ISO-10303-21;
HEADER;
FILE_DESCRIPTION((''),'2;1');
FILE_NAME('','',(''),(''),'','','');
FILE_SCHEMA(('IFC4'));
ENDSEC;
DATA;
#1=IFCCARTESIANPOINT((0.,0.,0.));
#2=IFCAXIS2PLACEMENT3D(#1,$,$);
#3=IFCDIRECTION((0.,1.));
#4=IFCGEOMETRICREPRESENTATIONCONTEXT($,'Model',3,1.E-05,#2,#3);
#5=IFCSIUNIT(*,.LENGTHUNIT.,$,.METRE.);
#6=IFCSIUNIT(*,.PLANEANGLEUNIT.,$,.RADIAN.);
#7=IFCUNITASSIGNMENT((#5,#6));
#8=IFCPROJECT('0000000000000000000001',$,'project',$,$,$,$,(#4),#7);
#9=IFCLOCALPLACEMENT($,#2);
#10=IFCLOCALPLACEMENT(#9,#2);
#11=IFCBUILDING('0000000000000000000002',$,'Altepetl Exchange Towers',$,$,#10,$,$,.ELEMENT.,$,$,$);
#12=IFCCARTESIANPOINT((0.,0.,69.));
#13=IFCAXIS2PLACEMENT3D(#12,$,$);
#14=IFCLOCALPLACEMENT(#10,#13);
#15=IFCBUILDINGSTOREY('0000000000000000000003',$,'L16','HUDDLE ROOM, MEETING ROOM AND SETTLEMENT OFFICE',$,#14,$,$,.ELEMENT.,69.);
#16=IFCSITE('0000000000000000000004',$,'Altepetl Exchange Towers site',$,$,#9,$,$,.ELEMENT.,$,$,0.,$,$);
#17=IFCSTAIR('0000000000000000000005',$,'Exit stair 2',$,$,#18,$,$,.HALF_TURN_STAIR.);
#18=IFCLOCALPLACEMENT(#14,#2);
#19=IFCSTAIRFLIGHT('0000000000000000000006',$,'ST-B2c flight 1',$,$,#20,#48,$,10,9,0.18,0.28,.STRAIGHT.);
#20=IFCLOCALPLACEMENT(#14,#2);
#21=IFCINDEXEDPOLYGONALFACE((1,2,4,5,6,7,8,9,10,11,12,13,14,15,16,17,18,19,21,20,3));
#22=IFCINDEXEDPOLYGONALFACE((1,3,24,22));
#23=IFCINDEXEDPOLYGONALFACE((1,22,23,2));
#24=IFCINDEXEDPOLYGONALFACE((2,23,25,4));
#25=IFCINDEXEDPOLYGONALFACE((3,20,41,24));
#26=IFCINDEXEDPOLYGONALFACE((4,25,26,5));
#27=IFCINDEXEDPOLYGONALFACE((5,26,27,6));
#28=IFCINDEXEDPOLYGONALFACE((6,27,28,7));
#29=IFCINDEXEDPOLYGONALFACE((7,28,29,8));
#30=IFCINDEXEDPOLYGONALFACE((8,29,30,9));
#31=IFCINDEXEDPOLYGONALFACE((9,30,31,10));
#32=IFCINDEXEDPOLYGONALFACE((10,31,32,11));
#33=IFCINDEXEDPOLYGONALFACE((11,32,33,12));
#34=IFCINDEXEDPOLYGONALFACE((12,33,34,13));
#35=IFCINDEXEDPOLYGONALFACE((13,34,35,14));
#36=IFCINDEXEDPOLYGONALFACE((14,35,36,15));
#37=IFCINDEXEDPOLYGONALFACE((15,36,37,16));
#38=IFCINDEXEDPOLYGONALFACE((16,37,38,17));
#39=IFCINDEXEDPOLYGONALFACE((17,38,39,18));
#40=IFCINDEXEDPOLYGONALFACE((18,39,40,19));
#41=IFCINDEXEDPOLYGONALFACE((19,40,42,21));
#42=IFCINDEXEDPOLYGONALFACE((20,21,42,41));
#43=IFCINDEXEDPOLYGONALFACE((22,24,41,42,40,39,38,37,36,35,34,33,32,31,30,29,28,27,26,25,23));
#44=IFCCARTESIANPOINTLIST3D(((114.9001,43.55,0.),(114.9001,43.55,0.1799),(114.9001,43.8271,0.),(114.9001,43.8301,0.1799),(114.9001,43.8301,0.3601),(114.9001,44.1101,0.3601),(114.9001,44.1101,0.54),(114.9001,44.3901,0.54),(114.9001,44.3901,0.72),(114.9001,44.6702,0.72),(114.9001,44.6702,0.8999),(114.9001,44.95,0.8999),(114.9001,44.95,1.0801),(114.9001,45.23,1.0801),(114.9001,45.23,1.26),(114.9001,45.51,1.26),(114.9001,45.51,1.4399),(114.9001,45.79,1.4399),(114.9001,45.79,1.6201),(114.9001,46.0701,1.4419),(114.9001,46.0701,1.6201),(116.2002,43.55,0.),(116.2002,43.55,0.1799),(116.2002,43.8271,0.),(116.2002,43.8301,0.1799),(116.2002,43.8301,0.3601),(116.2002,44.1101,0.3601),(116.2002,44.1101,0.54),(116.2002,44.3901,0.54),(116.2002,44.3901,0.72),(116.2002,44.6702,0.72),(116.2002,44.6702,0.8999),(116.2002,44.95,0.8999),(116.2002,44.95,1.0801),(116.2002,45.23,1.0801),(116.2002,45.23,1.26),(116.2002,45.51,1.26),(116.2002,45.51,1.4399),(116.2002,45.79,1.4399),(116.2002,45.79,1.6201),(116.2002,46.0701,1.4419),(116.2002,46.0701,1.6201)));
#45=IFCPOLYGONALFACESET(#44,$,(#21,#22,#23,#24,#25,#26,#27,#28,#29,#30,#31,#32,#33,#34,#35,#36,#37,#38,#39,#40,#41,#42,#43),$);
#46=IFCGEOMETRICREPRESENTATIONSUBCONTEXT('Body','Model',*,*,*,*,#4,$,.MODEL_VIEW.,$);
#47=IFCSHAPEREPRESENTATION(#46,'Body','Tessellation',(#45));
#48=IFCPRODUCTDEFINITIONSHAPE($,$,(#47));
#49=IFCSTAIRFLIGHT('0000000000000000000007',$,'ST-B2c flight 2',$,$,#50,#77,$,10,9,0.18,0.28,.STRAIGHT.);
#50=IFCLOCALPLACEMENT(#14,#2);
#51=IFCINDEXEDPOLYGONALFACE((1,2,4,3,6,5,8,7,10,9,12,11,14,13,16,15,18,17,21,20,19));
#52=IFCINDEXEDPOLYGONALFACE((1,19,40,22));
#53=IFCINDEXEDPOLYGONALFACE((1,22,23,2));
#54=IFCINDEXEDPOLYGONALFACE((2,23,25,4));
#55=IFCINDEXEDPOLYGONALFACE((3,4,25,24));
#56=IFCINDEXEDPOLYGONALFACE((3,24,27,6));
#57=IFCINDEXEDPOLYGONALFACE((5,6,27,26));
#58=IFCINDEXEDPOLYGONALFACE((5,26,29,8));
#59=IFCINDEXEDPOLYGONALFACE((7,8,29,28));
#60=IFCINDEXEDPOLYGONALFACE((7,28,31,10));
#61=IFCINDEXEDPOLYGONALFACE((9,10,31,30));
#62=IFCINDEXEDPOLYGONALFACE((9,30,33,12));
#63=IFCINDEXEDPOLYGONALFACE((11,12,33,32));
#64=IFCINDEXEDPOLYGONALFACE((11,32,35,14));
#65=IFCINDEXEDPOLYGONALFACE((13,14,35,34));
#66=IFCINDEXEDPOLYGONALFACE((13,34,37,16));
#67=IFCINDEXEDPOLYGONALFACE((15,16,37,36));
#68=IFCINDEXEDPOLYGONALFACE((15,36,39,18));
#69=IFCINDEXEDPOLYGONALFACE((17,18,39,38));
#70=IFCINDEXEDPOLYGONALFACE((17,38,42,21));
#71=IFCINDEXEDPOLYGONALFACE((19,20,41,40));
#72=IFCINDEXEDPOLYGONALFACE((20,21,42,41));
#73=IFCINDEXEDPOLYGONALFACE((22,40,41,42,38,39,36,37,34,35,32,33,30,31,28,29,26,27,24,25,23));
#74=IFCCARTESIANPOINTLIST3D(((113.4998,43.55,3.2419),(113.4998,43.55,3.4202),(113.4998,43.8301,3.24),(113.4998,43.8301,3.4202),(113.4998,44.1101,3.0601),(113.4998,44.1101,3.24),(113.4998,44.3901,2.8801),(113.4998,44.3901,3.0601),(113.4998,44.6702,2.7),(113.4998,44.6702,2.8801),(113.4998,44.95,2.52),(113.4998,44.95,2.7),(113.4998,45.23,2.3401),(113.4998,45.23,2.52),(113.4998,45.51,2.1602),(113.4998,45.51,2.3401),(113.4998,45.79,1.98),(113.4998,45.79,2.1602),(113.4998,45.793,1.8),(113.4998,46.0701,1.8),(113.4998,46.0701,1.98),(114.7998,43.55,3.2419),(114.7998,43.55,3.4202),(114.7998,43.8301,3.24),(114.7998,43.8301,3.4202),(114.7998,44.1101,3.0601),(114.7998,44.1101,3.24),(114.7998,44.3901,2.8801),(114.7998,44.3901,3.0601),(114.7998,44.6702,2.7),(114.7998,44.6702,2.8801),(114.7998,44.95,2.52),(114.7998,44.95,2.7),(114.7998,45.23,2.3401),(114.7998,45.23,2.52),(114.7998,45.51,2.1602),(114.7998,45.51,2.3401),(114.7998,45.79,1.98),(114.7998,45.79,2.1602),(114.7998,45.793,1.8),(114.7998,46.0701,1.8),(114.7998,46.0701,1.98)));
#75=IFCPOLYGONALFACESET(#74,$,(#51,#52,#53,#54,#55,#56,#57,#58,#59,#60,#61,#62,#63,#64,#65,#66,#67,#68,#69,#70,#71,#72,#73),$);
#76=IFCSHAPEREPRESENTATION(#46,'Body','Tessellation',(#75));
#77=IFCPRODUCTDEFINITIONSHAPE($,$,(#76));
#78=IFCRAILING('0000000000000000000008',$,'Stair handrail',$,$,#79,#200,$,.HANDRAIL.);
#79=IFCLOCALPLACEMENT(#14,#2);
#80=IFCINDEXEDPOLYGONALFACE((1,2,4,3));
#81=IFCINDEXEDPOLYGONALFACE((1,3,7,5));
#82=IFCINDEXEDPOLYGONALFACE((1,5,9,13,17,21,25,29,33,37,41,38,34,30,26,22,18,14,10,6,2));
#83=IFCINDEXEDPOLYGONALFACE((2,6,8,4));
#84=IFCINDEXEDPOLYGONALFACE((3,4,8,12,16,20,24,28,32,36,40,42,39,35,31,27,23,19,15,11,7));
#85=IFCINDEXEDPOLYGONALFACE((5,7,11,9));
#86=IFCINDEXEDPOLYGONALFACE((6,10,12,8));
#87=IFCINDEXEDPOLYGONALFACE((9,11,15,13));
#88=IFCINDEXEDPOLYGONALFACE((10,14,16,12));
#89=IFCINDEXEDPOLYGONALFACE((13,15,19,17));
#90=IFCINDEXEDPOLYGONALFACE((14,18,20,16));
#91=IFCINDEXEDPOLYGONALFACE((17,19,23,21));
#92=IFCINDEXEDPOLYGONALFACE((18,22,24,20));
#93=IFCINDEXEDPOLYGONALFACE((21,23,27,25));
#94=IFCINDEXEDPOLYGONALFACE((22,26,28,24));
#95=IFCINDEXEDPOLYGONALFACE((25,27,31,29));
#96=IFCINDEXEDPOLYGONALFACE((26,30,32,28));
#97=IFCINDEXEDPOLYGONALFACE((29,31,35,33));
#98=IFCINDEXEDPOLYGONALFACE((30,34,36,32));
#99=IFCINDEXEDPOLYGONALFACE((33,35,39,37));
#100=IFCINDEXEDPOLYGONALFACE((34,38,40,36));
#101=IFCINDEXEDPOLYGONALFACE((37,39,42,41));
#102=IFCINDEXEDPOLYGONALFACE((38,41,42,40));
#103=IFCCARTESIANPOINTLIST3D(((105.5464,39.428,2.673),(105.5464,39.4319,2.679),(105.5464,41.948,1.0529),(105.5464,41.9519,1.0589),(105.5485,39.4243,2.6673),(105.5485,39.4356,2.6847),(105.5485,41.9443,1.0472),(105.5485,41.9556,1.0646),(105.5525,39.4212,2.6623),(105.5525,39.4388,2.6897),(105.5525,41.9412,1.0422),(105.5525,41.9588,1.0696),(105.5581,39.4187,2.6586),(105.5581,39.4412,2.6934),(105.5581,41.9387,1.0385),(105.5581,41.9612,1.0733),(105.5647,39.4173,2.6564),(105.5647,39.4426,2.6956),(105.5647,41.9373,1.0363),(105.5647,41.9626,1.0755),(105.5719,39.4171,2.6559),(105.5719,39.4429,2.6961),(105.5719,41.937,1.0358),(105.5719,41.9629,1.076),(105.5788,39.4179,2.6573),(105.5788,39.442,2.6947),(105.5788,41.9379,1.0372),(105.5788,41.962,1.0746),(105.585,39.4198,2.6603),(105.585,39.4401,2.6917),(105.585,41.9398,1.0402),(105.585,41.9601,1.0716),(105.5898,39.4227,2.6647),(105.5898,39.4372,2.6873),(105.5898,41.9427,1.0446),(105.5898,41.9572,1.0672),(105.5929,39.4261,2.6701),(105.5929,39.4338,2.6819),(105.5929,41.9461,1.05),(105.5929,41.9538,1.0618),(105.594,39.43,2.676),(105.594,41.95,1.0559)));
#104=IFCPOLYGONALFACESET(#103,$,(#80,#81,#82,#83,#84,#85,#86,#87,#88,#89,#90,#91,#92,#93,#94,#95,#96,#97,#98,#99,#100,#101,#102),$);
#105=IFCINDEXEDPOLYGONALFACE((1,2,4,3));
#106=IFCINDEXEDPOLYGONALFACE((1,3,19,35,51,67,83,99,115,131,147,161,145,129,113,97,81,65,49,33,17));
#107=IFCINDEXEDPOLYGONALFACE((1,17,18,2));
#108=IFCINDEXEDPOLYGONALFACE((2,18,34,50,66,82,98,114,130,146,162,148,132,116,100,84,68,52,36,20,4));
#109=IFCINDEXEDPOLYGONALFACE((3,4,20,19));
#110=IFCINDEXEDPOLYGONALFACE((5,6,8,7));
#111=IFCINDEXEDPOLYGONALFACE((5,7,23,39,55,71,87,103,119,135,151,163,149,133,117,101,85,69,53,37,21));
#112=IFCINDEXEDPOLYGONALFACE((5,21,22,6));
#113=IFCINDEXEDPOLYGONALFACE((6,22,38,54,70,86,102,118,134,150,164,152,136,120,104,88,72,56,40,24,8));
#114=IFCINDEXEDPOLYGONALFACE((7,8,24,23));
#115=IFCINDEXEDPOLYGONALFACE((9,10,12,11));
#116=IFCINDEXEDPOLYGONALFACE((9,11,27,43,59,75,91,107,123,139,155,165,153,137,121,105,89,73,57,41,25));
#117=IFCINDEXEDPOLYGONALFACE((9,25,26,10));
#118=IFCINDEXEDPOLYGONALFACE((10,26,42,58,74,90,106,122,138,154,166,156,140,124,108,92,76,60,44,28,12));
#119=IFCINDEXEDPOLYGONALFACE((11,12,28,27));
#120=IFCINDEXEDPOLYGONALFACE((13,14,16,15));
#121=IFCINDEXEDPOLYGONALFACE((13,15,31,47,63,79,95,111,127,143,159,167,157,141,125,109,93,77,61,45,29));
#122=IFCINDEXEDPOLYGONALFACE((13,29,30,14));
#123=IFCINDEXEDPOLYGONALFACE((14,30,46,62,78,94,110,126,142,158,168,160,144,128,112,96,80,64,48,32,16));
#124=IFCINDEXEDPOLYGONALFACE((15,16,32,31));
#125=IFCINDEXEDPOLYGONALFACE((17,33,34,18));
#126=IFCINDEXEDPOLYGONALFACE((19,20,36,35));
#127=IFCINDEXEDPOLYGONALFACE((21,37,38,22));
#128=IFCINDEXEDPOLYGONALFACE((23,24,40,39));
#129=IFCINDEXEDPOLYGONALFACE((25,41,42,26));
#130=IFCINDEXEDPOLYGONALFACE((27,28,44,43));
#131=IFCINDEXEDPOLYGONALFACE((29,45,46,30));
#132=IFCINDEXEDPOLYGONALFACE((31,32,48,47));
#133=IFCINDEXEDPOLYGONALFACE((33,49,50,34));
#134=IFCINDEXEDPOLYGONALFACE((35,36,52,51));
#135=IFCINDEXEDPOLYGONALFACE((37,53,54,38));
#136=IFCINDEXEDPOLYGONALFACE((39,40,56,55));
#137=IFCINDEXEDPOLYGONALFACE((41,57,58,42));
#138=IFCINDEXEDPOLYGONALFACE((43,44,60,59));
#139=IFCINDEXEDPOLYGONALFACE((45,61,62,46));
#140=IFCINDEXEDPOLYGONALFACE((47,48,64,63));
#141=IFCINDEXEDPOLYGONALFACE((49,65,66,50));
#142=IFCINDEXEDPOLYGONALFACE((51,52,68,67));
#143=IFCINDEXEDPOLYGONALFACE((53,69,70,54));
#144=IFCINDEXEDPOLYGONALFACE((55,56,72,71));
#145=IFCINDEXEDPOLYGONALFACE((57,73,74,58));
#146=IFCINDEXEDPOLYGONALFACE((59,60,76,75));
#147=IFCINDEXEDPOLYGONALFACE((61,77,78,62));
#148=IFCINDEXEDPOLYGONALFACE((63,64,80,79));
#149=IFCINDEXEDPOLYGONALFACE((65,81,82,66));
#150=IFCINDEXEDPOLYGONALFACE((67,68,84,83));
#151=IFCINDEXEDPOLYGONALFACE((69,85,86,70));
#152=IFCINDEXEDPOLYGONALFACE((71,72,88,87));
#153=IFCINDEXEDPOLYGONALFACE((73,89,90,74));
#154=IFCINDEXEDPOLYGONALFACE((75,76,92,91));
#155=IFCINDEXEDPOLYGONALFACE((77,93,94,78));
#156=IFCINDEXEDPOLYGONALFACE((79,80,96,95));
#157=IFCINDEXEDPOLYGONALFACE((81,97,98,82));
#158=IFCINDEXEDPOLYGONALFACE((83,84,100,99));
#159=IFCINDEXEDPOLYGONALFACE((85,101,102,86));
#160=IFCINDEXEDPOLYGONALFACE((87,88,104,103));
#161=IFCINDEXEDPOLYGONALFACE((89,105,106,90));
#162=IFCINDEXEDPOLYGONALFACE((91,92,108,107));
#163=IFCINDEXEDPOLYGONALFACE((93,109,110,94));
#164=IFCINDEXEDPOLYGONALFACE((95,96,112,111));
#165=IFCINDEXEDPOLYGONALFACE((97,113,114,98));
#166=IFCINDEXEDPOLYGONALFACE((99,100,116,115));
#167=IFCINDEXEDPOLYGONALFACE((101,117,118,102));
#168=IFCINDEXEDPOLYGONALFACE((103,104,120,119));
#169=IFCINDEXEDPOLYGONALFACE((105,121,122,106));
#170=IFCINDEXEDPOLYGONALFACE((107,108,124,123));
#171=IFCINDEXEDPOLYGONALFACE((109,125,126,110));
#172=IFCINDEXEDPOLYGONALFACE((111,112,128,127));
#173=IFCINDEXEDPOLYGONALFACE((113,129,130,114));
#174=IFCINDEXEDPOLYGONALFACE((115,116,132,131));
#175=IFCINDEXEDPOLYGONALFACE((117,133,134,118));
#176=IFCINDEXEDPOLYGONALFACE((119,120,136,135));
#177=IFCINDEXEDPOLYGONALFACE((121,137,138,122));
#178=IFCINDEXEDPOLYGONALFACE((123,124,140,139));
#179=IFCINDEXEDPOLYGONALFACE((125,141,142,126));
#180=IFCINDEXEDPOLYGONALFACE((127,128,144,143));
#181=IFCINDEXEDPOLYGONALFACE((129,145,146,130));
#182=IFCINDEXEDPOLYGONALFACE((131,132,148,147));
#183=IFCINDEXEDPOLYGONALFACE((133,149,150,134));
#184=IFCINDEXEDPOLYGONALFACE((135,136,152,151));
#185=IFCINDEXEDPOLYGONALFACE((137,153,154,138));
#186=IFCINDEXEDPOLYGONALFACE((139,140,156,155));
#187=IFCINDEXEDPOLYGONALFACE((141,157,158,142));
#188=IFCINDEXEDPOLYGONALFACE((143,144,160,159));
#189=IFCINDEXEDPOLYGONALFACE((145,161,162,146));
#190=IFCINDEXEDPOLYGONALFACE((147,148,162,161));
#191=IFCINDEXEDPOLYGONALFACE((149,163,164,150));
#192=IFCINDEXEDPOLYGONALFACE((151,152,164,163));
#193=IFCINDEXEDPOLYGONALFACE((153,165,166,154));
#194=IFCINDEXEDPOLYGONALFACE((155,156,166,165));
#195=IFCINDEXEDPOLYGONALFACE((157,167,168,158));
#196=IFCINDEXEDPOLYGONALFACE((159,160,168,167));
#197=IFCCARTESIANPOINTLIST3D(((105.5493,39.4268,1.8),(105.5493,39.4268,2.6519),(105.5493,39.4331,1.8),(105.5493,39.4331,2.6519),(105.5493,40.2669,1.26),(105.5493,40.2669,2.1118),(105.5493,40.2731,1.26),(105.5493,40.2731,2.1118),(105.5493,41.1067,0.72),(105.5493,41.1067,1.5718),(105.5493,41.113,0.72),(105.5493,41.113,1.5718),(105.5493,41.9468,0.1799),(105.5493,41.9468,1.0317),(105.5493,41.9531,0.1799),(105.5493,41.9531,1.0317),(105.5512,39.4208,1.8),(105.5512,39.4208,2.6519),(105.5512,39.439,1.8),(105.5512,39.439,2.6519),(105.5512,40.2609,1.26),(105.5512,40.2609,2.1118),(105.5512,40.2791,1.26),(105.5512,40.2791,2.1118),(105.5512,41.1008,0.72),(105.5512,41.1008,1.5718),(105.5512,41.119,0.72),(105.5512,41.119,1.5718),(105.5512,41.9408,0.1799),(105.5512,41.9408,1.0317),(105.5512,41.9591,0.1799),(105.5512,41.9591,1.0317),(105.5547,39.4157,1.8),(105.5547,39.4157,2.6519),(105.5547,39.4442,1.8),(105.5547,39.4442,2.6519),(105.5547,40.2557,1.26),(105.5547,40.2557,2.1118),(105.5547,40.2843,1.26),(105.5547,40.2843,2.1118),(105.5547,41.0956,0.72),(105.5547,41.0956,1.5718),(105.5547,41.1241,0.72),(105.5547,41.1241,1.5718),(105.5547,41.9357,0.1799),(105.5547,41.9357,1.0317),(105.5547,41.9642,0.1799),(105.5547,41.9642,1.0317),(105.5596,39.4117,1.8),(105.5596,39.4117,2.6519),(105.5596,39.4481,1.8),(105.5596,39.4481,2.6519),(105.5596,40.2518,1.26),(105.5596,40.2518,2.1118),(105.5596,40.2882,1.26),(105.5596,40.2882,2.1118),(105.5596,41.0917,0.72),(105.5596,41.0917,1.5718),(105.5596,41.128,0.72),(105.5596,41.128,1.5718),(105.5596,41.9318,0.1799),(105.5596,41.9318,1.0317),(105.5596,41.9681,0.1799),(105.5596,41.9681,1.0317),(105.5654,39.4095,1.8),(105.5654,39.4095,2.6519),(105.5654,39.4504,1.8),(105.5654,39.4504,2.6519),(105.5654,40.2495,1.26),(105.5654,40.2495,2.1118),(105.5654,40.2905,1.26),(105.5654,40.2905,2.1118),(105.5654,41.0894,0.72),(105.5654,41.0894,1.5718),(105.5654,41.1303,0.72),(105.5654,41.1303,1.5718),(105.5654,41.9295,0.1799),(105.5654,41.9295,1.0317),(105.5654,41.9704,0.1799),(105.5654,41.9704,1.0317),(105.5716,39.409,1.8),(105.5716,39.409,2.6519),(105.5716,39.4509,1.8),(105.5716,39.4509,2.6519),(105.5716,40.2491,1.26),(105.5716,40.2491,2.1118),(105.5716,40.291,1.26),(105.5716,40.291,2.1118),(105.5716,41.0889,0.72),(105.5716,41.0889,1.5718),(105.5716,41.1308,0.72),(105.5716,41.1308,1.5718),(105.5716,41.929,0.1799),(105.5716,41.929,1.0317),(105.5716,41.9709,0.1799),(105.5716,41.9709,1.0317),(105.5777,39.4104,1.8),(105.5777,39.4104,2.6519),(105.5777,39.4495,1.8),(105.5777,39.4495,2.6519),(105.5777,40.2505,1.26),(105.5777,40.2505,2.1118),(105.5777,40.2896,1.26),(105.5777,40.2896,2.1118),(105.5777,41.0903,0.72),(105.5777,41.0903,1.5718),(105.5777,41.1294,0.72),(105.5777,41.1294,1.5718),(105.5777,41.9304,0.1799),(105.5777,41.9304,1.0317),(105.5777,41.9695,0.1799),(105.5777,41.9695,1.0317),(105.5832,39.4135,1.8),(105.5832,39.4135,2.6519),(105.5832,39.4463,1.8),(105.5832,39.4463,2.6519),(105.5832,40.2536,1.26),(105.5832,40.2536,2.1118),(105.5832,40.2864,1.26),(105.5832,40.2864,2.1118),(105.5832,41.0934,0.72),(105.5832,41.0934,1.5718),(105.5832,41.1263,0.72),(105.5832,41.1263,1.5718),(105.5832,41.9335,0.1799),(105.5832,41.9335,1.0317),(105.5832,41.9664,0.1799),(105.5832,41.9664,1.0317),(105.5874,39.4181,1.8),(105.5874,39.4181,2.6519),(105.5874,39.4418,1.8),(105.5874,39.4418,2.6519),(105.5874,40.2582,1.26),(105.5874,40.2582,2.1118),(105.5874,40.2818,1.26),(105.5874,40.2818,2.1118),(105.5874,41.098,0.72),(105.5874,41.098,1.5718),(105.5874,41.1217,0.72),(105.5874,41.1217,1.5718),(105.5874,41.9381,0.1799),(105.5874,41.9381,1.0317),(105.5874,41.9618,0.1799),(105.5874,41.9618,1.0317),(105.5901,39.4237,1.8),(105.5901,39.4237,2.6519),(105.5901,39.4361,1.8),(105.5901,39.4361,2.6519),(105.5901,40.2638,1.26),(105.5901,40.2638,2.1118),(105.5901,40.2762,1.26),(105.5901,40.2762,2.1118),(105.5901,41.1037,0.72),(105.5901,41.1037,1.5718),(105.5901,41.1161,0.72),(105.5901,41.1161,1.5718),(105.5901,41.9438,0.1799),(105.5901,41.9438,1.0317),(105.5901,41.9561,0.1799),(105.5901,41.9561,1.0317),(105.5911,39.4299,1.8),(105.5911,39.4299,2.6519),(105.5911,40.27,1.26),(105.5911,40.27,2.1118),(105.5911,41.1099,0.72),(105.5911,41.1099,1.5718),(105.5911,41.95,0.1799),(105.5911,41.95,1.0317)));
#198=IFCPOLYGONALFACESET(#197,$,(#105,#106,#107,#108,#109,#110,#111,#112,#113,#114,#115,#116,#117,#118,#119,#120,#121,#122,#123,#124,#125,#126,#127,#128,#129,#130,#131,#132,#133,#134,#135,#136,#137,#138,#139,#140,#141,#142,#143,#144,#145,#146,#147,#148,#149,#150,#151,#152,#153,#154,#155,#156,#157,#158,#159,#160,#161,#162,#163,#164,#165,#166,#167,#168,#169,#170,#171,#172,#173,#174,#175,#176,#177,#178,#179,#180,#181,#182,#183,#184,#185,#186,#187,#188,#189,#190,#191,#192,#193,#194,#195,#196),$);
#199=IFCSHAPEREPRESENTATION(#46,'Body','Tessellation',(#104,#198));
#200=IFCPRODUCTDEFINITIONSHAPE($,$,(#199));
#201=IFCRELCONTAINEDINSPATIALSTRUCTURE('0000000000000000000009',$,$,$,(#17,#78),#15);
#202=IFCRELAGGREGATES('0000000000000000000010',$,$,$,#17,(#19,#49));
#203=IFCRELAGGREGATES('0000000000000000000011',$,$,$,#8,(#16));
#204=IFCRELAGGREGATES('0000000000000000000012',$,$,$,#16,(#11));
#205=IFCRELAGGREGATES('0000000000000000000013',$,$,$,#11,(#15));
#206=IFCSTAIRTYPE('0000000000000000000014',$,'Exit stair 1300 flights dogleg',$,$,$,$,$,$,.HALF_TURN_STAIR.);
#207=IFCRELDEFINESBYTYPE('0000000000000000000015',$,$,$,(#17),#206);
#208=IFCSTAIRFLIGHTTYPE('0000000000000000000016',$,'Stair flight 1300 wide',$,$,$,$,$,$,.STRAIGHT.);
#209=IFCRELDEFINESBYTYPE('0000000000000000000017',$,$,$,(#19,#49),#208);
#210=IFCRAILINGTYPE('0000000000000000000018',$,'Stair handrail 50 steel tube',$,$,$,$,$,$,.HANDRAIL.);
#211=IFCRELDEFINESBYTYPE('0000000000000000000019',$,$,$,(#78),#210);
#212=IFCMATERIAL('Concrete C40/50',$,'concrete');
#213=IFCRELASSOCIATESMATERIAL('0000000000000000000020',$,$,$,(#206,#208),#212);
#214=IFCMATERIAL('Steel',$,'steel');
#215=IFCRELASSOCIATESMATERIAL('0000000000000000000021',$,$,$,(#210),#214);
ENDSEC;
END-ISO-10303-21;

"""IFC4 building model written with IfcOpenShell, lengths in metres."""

from ifc_helpers import new_model, si_unit, direction, frame, origin, origin_2d, place, context, subcontext, project, spatial, polyline, circle, outline, extrude, source, transform, mapped, material, type_object, element, aggregate, save


model = new_model("IFC4")

# Units and contexts
model_context = context("Model", 3, precision=1e-05, world=origin(), true_north=direction((0.0, 1.0)))
body_context = subcontext(model_context, "Body", "Model", "MODEL_VIEW")
ifc_project = project(units=[si_unit("LENGTHUNIT", "METRE"), si_unit("PLANEANGLEUNIT", "RADIAN")], contexts=[model_context])

# Site, building, storey
site_placement = place(None, origin())
site = spatial("IfcSite", under=ifc_project, at=site_placement, Name="Altepetl Exchange Towers site", CompositionType="ELEMENT", RefElevation=0.0)
building_placement = place(site_placement, origin())
building = spatial("IfcBuilding", under=site, at=building_placement, Name="Altepetl Exchange Towers", CompositionType="ELEMENT")
storey_placement = place(building_placement, frame((0.0, 0.0, 69.0)))
storey = spatial("IfcBuildingStorey", under=building, at=storey_placement, Name="L16", Description="HUDDLE ROOM, MEETING ROOM AND SETTLEMENT OFFICE", CompositionType="ELEMENT", Elevation=69.0)

# Shared definitions
ifc_material_1 = material(Name="Concrete C40/50", Category="concrete")

# Shared definitions
stair_type = type_object("IfcStairType", Name="Exit stair 1300 flights dogleg", PredefinedType="HALF_TURN_STAIR", material=ifc_material_1)
stair_flight_type = type_object("IfcStairFlightType", Name="Stair flight 1300 wide", PredefinedType="STRAIGHT", material=ifc_material_1)

# Stair, stair flights
stair_1_placement = place(storey_placement, origin())
stair_1 = element("IfcStair", 1, at=stair_1_placement, inside=storey, type_object=stair_type, Name="Exit stair 2", PredefinedType="HALF_TURN_STAIR")
stair_flight_1_placement = place(storey_placement, frame((115.55, 43.55, 0.0), z_axis=(0.0, 0.0, 1.0), x_axis=(0.0, 1.0, 0.0)))
stair_flight_1 = element("IfcStairFlight", 2, at=stair_flight_1_placement, type_object=stair_flight_type, Name="ST-B2c flight 1", NumberOfRisers=10, NumberOfTreads=9, PredefinedType="STRAIGHT", RiserHeight=0.18, TreadLength=0.28, context=body_context, shape_type="SweptSolid", body=[
    extrude(outline(polyline([(0.0, 0.0), (0.0, 0.1799), (0.28, 0.1799), (0.28, 0.3601), (0.5601, 0.3601), (0.5601, 0.54), (0.8401, 0.54), (0.8401, 0.72), (1.1201, 0.72), (1.1201, 0.8999), (1.3999, 0.8999), (1.3999, 1.0801), (1.6799, 1.0801), (1.6799, 1.26), (1.96, 1.26), (1.96, 1.4399), (2.24, 1.4399), (2.24, 1.6201), (2.52, 1.6201), (2.52, 1.8), (2.52, 1.4419), (0.2771, 0.0), (0.0, 0.0)])), frame((0.0, 0.6499, 0.0), z_axis=(0.0, -1.0, 0.0), x_axis=(1.0, 0.0, 0.0)), (0.0, 0.0, 1.0), 1.3),
])
stair_flight_2_placement = place(storey_placement, frame((114.1499, 46.0701, 1.8), z_axis=(0.0, 0.0, 1.0), x_axis=(0.0, -1.0, 0.0)))
stair_flight_2 = element("IfcStairFlight", 3, at=stair_flight_2_placement, type_object=stair_flight_type, Name="ST-B2c flight 2", NumberOfRisers=10, NumberOfTreads=9, PredefinedType="STRAIGHT", RiserHeight=0.18, TreadLength=0.28, context=body_context, shape_type="SweptSolid", body=[
    extrude(outline(polyline([(0.0, 0.0), (0.0, 0.1799), (0.28, 0.1799), (0.28, 0.3601), (0.5601, 0.3601), (0.5601, 0.54), (0.8401, 0.54), (0.8401, 0.72), (1.1201, 0.72), (1.1201, 0.8999), (1.3999, 0.8999), (1.3999, 1.0801), (1.6799, 1.0801), (1.6799, 1.26), (1.96, 1.26), (1.96, 1.4399), (2.24, 1.4399), (2.24, 1.6201), (2.52, 1.6201), (2.52, 1.8), (2.52, 1.4419), (0.2771, 0.0), (0.0, 0.0)])), frame((0.0, 0.6499, 0.0), z_axis=(0.0, -1.0, 0.0), x_axis=(1.0, 0.0, 0.0)), (0.0, 0.0, 1.0), 1.3),
])
aggregate(stair_1, [stair_flight_1, stair_flight_2])

# Railing
ifc_material_2 = material(Name="Steel", Category="steel")
railing_type = type_object("IfcRailingType", Name="Stair handrail 50 steel tube", PredefinedType="HANDRAIL", material=ifc_material_2)
shared_shape = source(origin(), body_context, "Body", "SweptSolid", [
    extrude(circle(Radius=0.021, at=origin_2d()), origin(), (0.0, 0.0, 1.0), 0.8518),
])
railing_1_placement = place(storey_placement, frame((105.5701, 41.95, 0.1799)))
element("IfcRailing", 4, at=railing_1_placement, inside=storey, type_object=railing_type, Name="Stair handrail", PredefinedType="HANDRAIL", context=body_context, shape_type="SweptSolid", body=[
    extrude(circle(Radius=0.0239, at=origin_2d()), frame((0.0, 0.0, 0.876), z_axis=(0.0, -0.841163, 0.540782), x_axis=(1.0, 0.0, 0.0)), (0.0, 0.0, 1.0), 2.9958),
    mapped(shared_shape, transform((0.0, 0.0, 0.0))),
    mapped(shared_shape, transform((0.0, -0.8401, 0.54))),
    mapped(shared_shape, transform((0.0, -1.6799, 1.0801))),
    mapped(shared_shape, transform((0.0, -2.52, 1.6201))),
])

save(model, "model.ifc")
